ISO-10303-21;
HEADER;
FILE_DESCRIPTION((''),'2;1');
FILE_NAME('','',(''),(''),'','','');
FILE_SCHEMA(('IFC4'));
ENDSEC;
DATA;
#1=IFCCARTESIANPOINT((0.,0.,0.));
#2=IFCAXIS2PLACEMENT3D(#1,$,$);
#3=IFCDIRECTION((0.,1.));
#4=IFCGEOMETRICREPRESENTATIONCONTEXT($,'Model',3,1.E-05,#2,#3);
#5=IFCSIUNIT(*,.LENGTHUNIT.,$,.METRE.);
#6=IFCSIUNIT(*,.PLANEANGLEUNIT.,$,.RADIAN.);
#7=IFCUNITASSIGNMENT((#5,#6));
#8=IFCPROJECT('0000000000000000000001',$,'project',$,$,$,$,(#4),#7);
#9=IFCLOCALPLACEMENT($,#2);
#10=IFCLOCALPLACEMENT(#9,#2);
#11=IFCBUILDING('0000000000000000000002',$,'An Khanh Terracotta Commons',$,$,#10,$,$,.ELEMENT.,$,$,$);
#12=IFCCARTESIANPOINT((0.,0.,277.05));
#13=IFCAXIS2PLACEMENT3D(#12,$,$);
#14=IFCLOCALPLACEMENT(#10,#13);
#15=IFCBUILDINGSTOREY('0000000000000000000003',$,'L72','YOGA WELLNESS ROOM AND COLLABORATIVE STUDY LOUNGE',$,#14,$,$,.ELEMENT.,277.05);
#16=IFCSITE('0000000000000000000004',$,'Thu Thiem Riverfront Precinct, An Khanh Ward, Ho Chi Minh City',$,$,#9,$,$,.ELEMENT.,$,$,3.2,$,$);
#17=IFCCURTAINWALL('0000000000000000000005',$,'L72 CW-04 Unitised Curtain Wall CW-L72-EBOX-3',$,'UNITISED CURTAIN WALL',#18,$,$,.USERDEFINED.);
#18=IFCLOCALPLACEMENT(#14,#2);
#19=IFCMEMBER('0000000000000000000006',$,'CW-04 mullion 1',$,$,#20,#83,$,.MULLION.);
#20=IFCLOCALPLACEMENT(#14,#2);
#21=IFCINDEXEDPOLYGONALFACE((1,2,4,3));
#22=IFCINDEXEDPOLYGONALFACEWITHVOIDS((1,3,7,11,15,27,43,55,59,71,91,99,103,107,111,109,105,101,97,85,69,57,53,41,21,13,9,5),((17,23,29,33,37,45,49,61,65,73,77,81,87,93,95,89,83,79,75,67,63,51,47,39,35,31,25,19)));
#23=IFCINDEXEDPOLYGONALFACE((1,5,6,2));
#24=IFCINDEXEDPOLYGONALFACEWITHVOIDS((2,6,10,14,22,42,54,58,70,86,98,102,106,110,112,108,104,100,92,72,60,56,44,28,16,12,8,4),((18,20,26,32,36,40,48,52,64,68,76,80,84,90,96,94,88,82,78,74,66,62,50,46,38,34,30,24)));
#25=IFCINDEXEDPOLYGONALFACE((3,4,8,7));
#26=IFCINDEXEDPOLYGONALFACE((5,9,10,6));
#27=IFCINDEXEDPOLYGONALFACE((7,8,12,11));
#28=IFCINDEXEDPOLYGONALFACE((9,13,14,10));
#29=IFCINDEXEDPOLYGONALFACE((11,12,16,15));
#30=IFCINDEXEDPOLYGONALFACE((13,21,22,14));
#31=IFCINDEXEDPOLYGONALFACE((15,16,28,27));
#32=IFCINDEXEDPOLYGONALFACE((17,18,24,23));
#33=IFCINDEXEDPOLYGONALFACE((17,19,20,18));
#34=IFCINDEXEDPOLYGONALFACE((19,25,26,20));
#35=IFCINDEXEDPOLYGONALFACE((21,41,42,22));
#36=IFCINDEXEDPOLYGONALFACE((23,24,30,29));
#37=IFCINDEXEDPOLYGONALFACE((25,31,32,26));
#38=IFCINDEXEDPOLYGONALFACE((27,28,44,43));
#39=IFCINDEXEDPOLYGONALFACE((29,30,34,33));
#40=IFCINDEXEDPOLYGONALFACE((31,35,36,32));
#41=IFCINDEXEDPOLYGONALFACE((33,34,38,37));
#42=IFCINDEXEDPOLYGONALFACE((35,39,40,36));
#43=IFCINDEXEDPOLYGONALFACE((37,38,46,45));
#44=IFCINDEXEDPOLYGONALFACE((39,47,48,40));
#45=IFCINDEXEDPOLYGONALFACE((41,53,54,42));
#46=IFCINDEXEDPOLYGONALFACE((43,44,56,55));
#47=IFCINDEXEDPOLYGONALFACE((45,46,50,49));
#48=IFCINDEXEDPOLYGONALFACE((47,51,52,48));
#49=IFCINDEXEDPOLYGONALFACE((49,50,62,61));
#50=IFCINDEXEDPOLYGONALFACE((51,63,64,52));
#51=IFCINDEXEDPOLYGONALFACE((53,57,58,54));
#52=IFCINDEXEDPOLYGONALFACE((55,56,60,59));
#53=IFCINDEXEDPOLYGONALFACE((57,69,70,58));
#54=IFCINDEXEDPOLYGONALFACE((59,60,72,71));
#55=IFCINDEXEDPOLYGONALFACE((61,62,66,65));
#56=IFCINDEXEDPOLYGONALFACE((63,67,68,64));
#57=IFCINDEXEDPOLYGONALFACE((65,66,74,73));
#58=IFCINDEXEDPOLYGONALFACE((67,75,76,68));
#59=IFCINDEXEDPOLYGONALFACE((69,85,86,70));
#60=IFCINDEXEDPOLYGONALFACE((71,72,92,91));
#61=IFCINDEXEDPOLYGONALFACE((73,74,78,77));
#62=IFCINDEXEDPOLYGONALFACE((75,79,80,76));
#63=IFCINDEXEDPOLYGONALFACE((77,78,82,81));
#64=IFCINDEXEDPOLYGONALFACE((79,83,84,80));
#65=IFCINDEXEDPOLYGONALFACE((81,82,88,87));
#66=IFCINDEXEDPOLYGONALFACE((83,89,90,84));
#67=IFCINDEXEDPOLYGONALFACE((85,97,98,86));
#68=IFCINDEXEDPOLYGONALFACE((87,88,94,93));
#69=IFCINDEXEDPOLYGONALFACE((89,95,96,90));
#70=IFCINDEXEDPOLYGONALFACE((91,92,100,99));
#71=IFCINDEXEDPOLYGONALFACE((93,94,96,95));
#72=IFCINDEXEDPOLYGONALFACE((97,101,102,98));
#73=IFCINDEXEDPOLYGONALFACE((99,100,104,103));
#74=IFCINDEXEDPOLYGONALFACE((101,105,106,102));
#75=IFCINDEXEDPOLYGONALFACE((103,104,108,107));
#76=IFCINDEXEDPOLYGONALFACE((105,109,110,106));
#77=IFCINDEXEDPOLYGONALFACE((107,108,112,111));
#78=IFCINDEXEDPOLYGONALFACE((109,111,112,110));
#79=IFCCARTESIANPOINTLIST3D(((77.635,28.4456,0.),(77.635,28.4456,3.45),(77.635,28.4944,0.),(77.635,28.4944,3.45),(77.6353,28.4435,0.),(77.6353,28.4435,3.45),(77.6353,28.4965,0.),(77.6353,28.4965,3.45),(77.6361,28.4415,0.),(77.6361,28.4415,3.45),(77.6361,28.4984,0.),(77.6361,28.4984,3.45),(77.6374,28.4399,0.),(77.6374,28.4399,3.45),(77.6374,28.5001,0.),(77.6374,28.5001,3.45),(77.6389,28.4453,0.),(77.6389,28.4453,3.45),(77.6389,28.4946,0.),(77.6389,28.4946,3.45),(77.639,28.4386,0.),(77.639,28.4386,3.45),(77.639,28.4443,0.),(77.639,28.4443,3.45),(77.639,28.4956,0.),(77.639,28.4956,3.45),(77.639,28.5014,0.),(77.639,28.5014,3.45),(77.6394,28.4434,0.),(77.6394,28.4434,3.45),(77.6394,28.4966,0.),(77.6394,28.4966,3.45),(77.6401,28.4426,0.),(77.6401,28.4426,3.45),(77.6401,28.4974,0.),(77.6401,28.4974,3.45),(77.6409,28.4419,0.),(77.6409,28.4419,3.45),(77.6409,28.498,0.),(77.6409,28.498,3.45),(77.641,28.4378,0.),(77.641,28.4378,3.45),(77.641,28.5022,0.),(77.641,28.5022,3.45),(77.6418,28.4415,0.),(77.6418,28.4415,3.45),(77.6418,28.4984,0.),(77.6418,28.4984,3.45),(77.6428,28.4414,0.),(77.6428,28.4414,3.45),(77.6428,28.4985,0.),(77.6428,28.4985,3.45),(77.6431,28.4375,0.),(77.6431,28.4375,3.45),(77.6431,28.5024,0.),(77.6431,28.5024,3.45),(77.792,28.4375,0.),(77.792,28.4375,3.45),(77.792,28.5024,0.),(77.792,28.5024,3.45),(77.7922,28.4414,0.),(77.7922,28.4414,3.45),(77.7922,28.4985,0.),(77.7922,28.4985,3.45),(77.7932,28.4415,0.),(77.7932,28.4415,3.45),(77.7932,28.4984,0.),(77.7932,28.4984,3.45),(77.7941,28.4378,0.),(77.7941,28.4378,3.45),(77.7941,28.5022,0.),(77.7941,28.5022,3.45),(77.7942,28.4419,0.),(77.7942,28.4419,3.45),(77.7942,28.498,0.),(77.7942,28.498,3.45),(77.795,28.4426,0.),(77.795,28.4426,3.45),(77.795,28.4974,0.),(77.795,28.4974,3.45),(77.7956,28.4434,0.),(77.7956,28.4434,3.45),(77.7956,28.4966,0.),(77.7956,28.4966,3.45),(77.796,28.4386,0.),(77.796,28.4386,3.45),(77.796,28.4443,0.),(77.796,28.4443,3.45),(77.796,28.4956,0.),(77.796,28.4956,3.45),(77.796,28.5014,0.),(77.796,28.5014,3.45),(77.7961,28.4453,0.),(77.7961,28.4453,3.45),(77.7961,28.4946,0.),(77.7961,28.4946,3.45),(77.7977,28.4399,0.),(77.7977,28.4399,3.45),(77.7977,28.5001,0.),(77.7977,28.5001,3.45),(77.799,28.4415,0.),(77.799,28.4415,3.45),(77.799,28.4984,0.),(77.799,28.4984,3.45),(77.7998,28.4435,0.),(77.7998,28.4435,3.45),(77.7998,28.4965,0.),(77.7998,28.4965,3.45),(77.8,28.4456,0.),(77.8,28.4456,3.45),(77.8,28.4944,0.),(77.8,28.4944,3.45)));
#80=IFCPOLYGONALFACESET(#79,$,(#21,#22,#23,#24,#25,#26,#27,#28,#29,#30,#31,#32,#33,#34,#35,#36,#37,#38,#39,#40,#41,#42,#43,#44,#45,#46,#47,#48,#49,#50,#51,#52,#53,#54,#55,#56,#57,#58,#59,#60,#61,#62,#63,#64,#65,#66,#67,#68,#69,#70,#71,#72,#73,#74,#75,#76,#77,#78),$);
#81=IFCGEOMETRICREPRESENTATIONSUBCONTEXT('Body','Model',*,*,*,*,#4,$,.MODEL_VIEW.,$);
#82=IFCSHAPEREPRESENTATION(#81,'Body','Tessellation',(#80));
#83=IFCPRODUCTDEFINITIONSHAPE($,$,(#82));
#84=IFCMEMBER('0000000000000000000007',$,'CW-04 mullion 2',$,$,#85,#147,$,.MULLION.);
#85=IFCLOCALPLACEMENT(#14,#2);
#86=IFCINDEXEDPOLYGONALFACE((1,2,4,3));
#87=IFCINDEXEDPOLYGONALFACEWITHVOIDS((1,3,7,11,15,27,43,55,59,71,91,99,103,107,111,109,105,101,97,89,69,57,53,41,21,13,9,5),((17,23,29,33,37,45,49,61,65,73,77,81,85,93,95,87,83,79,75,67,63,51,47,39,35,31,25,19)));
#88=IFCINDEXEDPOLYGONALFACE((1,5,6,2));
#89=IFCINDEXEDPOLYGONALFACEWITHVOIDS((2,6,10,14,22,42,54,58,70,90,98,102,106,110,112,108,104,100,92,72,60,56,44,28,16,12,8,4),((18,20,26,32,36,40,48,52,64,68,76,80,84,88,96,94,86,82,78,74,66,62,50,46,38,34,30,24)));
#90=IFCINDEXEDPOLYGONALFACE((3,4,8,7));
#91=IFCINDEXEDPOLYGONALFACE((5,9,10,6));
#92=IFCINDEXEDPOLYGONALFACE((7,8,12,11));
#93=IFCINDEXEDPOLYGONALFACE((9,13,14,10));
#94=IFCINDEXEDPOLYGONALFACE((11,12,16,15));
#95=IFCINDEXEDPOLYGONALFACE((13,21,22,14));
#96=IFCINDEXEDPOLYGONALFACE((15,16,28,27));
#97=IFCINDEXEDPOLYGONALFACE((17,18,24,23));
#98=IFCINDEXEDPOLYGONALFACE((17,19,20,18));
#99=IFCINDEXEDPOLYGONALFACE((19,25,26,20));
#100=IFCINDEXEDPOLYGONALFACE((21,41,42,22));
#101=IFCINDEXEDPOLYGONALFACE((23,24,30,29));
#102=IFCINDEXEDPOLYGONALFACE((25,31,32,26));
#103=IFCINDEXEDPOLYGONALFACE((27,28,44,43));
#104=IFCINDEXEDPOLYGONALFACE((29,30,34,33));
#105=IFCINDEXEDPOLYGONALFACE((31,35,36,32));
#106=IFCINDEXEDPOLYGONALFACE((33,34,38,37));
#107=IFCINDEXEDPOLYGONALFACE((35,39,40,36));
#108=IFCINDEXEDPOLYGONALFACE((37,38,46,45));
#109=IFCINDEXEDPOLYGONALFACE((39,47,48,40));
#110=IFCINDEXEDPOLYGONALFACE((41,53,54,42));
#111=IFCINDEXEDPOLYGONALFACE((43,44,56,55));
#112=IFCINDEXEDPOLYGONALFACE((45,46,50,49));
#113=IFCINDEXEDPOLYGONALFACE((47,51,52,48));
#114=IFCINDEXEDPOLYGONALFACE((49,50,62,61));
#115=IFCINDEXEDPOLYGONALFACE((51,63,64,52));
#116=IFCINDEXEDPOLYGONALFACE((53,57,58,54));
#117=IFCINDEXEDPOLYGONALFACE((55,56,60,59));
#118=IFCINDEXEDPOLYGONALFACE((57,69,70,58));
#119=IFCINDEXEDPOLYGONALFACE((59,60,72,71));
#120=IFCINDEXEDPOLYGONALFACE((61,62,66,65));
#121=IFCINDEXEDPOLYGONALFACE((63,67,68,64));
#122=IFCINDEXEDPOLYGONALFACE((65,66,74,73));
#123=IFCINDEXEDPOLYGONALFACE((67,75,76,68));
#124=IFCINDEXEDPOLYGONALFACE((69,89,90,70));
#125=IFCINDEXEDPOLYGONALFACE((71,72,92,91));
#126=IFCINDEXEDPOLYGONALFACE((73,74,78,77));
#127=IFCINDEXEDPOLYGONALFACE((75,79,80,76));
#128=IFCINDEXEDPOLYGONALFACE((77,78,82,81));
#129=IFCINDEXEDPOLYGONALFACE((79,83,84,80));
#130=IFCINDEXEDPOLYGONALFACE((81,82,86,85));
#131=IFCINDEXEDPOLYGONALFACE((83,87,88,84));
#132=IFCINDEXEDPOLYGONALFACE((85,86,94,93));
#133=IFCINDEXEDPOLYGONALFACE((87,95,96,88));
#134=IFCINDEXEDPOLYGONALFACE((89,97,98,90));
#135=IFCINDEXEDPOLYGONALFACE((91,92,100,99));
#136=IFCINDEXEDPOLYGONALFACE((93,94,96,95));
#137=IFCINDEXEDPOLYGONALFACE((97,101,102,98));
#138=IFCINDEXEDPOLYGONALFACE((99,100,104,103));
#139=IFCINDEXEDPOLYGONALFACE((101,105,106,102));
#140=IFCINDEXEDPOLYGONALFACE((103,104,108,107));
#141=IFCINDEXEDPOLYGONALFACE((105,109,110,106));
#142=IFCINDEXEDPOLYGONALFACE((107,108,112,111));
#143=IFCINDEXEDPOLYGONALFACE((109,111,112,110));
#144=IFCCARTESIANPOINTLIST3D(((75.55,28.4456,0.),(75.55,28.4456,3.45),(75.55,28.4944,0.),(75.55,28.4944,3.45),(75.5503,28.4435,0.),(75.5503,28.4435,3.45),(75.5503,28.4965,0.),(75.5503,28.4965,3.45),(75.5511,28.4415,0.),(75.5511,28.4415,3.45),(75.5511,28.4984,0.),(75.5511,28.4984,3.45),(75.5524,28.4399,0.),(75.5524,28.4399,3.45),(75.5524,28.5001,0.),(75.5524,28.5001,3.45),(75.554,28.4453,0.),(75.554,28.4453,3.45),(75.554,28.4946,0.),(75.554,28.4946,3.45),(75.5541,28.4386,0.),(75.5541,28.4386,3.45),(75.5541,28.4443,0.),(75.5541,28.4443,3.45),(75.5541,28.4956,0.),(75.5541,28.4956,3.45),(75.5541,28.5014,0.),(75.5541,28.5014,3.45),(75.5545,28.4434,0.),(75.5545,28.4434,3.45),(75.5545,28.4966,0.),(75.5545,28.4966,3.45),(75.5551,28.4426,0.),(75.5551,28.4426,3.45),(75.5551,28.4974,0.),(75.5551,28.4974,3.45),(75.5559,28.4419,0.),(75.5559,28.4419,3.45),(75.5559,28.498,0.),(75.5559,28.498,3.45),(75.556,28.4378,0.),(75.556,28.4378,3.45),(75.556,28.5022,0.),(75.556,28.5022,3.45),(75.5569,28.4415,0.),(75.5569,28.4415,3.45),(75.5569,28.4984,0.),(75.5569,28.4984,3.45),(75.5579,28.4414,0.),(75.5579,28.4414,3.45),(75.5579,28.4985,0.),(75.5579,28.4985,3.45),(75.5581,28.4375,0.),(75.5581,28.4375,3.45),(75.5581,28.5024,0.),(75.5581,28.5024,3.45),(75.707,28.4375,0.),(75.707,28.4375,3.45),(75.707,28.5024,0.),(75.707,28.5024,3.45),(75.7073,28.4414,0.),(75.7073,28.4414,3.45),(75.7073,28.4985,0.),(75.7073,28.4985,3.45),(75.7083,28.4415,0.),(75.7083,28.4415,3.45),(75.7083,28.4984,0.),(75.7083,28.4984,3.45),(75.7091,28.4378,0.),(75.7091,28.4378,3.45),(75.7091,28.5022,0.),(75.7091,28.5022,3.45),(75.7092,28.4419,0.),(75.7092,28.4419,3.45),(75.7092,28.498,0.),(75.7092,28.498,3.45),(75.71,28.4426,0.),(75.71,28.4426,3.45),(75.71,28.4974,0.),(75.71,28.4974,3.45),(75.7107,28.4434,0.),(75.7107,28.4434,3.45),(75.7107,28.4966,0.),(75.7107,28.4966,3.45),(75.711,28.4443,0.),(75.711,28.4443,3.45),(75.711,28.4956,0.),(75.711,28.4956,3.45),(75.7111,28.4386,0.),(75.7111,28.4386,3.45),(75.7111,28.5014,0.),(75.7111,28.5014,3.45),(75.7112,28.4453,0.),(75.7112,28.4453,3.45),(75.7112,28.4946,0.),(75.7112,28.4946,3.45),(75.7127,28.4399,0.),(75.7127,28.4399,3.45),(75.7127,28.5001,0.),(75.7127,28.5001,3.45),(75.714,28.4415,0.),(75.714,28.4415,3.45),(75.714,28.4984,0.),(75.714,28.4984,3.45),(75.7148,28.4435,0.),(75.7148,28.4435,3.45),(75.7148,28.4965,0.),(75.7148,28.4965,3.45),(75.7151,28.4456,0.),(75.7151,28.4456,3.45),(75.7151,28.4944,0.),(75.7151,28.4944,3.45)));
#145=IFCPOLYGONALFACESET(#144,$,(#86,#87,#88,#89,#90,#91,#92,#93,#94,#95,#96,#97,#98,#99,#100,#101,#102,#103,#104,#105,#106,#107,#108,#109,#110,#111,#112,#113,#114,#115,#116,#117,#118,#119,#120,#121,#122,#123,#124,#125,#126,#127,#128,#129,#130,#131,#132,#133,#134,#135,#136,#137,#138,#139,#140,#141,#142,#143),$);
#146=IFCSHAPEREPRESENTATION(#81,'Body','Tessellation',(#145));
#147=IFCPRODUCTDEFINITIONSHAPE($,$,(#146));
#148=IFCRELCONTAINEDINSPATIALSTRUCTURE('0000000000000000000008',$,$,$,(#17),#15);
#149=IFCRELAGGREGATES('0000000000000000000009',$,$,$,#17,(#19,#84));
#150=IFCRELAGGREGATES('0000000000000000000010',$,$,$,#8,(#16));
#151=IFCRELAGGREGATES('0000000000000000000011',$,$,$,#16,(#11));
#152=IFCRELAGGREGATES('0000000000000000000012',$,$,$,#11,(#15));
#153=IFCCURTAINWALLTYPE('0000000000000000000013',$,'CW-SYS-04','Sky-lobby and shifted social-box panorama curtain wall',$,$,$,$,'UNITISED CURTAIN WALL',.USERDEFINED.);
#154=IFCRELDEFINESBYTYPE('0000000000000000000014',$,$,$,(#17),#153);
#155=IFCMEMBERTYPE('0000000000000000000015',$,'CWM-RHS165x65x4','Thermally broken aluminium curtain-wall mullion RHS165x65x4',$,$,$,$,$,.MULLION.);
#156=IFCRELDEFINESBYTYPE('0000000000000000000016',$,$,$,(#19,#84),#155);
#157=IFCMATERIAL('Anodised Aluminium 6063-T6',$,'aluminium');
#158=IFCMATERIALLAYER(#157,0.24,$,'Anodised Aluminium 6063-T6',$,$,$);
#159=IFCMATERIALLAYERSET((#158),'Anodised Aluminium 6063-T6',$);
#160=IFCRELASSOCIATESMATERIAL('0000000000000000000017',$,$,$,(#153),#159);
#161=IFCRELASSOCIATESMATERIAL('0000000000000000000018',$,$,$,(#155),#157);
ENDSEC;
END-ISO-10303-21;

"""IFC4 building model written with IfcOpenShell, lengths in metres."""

from ifc_helpers import new_model, si_unit, direction, frame, origin, origin_2d, place, context, subcontext, project, spatial, hollow_rectangle, extrude, material, layer, layer_set, material_profile, profile_set, type_object, element, aggregate, save


model = new_model("IFC4")

# Units and contexts
model_context = context("Model", 3, precision=1e-05, world=origin(), true_north=direction((0.0, 1.0)))
body_context = subcontext(model_context, "Body", "Model", "MODEL_VIEW")
ifc_project = project(units=[si_unit("LENGTHUNIT", "METRE"), si_unit("PLANEANGLEUNIT", "RADIAN")], contexts=[model_context])

# Site, building, storey
site_placement = place(None, origin())
site = spatial("IfcSite", under=ifc_project, at=site_placement, Name="Thu Thiem Riverfront Precinct, An Khanh Ward, Ho Chi Minh City", CompositionType="ELEMENT", RefElevation=3.2)
building_placement = place(site_placement, origin())
building = spatial("IfcBuilding", under=site, at=building_placement, Name="An Khanh Terracotta Commons", CompositionType="ELEMENT")
storey_placement = place(building_placement, frame((0.0, 0.0, 277.05)))
storey = spatial("IfcBuildingStorey", under=building, at=storey_placement, Name="L72", Description="YOGA WELLNESS ROOM AND COLLABORATIVE STUDY LOUNGE", CompositionType="ELEMENT", Elevation=277.05)

# Curtain wall, members
ifc_material_1 = material(Name="Anodised Aluminium 6063-T6", Category="aluminium")
ifc_layer_1 = layer(ifc_material_1, 0.24, Name="Anodised Aluminium 6063-T6")
ifc_layer_set_1 = layer_set([ifc_layer_1], Name="Anodised Aluminium 6063-T6")
curtain_wall_type_1 = type_object("IfcCurtainWallType", Name="CW-SYS-04", Description="Sky-lobby and shifted social-box panorama curtain wall", ElementType="UNITISED CURTAIN WALL", PredefinedType="USERDEFINED", material=ifc_layer_set_1)
ifc_material_profile_1 = material_profile(ifc_material_1, hollow_rectangle(XDim=0.0649, YDim=0.165, WallThickness=0.0039, InnerFilletRadius=0.0039, OuterFilletRadius=0.0081, at=origin_2d()), Name="RHS165x65x4")
ifc_profile_set_1 = profile_set([ifc_material_profile_1], Name="Anodised Aluminium 6063-T6")
member_type_1 = type_object("IfcMemberType", Name="CWM-RHS165x65x4", Description="Thermally broken aluminium curtain-wall mullion RHS165x65x4", PredefinedType="MULLION", material=ifc_profile_set_1)
curtain_wall_1_placement = place(storey_placement, origin())
curtain_wall_1 = element("IfcCurtainWall", 1, at=curtain_wall_1_placement, inside=storey, type_object=curtain_wall_type_1, Name="L72 CW-04 Unitised Curtain Wall CW-L72-EBOX-3", ObjectType="UNITISED CURTAIN WALL", PredefinedType="USERDEFINED")
member_1_placement = place(storey_placement, frame((77.7175, 28.47, 0.0), z_axis=(0.0, 0.0, 1.0), x_axis=(0.0, -1.0, 0.0)))
member_1 = element("IfcMember", 2, at=member_1_placement, type_object=member_type_1, Name="CW-04 mullion 1", PredefinedType="MULLION", context=body_context, shape_type="SweptSolid", body=[
    extrude(hollow_rectangle(XDim=0.0649, YDim=0.165, WallThickness=0.0039, InnerFilletRadius=0.0039, OuterFilletRadius=0.0081, at=origin_2d()), origin(), (0.0, 0.0, 1.0), 3.45),
])
member_2_placement = place(storey_placement, frame((75.6326, 28.47, 0.0), z_axis=(0.0, 0.0, 1.0), x_axis=(0.0, -1.0, 0.0)))
member_2 = element("IfcMember", 3, at=member_2_placement, type_object=member_type_1, Name="CW-04 mullion 2", PredefinedType="MULLION", context=body_context, shape_type="SweptSolid", body=[
    extrude(hollow_rectangle(XDim=0.0649, YDim=0.165, WallThickness=0.0039, InnerFilletRadius=0.0039, OuterFilletRadius=0.0081, at=origin_2d()), origin(), (0.0, 0.0, 1.0), 3.45),
])

aggregate(curtain_wall_1, [member_1, member_2])

save(model, "model.ifc")
